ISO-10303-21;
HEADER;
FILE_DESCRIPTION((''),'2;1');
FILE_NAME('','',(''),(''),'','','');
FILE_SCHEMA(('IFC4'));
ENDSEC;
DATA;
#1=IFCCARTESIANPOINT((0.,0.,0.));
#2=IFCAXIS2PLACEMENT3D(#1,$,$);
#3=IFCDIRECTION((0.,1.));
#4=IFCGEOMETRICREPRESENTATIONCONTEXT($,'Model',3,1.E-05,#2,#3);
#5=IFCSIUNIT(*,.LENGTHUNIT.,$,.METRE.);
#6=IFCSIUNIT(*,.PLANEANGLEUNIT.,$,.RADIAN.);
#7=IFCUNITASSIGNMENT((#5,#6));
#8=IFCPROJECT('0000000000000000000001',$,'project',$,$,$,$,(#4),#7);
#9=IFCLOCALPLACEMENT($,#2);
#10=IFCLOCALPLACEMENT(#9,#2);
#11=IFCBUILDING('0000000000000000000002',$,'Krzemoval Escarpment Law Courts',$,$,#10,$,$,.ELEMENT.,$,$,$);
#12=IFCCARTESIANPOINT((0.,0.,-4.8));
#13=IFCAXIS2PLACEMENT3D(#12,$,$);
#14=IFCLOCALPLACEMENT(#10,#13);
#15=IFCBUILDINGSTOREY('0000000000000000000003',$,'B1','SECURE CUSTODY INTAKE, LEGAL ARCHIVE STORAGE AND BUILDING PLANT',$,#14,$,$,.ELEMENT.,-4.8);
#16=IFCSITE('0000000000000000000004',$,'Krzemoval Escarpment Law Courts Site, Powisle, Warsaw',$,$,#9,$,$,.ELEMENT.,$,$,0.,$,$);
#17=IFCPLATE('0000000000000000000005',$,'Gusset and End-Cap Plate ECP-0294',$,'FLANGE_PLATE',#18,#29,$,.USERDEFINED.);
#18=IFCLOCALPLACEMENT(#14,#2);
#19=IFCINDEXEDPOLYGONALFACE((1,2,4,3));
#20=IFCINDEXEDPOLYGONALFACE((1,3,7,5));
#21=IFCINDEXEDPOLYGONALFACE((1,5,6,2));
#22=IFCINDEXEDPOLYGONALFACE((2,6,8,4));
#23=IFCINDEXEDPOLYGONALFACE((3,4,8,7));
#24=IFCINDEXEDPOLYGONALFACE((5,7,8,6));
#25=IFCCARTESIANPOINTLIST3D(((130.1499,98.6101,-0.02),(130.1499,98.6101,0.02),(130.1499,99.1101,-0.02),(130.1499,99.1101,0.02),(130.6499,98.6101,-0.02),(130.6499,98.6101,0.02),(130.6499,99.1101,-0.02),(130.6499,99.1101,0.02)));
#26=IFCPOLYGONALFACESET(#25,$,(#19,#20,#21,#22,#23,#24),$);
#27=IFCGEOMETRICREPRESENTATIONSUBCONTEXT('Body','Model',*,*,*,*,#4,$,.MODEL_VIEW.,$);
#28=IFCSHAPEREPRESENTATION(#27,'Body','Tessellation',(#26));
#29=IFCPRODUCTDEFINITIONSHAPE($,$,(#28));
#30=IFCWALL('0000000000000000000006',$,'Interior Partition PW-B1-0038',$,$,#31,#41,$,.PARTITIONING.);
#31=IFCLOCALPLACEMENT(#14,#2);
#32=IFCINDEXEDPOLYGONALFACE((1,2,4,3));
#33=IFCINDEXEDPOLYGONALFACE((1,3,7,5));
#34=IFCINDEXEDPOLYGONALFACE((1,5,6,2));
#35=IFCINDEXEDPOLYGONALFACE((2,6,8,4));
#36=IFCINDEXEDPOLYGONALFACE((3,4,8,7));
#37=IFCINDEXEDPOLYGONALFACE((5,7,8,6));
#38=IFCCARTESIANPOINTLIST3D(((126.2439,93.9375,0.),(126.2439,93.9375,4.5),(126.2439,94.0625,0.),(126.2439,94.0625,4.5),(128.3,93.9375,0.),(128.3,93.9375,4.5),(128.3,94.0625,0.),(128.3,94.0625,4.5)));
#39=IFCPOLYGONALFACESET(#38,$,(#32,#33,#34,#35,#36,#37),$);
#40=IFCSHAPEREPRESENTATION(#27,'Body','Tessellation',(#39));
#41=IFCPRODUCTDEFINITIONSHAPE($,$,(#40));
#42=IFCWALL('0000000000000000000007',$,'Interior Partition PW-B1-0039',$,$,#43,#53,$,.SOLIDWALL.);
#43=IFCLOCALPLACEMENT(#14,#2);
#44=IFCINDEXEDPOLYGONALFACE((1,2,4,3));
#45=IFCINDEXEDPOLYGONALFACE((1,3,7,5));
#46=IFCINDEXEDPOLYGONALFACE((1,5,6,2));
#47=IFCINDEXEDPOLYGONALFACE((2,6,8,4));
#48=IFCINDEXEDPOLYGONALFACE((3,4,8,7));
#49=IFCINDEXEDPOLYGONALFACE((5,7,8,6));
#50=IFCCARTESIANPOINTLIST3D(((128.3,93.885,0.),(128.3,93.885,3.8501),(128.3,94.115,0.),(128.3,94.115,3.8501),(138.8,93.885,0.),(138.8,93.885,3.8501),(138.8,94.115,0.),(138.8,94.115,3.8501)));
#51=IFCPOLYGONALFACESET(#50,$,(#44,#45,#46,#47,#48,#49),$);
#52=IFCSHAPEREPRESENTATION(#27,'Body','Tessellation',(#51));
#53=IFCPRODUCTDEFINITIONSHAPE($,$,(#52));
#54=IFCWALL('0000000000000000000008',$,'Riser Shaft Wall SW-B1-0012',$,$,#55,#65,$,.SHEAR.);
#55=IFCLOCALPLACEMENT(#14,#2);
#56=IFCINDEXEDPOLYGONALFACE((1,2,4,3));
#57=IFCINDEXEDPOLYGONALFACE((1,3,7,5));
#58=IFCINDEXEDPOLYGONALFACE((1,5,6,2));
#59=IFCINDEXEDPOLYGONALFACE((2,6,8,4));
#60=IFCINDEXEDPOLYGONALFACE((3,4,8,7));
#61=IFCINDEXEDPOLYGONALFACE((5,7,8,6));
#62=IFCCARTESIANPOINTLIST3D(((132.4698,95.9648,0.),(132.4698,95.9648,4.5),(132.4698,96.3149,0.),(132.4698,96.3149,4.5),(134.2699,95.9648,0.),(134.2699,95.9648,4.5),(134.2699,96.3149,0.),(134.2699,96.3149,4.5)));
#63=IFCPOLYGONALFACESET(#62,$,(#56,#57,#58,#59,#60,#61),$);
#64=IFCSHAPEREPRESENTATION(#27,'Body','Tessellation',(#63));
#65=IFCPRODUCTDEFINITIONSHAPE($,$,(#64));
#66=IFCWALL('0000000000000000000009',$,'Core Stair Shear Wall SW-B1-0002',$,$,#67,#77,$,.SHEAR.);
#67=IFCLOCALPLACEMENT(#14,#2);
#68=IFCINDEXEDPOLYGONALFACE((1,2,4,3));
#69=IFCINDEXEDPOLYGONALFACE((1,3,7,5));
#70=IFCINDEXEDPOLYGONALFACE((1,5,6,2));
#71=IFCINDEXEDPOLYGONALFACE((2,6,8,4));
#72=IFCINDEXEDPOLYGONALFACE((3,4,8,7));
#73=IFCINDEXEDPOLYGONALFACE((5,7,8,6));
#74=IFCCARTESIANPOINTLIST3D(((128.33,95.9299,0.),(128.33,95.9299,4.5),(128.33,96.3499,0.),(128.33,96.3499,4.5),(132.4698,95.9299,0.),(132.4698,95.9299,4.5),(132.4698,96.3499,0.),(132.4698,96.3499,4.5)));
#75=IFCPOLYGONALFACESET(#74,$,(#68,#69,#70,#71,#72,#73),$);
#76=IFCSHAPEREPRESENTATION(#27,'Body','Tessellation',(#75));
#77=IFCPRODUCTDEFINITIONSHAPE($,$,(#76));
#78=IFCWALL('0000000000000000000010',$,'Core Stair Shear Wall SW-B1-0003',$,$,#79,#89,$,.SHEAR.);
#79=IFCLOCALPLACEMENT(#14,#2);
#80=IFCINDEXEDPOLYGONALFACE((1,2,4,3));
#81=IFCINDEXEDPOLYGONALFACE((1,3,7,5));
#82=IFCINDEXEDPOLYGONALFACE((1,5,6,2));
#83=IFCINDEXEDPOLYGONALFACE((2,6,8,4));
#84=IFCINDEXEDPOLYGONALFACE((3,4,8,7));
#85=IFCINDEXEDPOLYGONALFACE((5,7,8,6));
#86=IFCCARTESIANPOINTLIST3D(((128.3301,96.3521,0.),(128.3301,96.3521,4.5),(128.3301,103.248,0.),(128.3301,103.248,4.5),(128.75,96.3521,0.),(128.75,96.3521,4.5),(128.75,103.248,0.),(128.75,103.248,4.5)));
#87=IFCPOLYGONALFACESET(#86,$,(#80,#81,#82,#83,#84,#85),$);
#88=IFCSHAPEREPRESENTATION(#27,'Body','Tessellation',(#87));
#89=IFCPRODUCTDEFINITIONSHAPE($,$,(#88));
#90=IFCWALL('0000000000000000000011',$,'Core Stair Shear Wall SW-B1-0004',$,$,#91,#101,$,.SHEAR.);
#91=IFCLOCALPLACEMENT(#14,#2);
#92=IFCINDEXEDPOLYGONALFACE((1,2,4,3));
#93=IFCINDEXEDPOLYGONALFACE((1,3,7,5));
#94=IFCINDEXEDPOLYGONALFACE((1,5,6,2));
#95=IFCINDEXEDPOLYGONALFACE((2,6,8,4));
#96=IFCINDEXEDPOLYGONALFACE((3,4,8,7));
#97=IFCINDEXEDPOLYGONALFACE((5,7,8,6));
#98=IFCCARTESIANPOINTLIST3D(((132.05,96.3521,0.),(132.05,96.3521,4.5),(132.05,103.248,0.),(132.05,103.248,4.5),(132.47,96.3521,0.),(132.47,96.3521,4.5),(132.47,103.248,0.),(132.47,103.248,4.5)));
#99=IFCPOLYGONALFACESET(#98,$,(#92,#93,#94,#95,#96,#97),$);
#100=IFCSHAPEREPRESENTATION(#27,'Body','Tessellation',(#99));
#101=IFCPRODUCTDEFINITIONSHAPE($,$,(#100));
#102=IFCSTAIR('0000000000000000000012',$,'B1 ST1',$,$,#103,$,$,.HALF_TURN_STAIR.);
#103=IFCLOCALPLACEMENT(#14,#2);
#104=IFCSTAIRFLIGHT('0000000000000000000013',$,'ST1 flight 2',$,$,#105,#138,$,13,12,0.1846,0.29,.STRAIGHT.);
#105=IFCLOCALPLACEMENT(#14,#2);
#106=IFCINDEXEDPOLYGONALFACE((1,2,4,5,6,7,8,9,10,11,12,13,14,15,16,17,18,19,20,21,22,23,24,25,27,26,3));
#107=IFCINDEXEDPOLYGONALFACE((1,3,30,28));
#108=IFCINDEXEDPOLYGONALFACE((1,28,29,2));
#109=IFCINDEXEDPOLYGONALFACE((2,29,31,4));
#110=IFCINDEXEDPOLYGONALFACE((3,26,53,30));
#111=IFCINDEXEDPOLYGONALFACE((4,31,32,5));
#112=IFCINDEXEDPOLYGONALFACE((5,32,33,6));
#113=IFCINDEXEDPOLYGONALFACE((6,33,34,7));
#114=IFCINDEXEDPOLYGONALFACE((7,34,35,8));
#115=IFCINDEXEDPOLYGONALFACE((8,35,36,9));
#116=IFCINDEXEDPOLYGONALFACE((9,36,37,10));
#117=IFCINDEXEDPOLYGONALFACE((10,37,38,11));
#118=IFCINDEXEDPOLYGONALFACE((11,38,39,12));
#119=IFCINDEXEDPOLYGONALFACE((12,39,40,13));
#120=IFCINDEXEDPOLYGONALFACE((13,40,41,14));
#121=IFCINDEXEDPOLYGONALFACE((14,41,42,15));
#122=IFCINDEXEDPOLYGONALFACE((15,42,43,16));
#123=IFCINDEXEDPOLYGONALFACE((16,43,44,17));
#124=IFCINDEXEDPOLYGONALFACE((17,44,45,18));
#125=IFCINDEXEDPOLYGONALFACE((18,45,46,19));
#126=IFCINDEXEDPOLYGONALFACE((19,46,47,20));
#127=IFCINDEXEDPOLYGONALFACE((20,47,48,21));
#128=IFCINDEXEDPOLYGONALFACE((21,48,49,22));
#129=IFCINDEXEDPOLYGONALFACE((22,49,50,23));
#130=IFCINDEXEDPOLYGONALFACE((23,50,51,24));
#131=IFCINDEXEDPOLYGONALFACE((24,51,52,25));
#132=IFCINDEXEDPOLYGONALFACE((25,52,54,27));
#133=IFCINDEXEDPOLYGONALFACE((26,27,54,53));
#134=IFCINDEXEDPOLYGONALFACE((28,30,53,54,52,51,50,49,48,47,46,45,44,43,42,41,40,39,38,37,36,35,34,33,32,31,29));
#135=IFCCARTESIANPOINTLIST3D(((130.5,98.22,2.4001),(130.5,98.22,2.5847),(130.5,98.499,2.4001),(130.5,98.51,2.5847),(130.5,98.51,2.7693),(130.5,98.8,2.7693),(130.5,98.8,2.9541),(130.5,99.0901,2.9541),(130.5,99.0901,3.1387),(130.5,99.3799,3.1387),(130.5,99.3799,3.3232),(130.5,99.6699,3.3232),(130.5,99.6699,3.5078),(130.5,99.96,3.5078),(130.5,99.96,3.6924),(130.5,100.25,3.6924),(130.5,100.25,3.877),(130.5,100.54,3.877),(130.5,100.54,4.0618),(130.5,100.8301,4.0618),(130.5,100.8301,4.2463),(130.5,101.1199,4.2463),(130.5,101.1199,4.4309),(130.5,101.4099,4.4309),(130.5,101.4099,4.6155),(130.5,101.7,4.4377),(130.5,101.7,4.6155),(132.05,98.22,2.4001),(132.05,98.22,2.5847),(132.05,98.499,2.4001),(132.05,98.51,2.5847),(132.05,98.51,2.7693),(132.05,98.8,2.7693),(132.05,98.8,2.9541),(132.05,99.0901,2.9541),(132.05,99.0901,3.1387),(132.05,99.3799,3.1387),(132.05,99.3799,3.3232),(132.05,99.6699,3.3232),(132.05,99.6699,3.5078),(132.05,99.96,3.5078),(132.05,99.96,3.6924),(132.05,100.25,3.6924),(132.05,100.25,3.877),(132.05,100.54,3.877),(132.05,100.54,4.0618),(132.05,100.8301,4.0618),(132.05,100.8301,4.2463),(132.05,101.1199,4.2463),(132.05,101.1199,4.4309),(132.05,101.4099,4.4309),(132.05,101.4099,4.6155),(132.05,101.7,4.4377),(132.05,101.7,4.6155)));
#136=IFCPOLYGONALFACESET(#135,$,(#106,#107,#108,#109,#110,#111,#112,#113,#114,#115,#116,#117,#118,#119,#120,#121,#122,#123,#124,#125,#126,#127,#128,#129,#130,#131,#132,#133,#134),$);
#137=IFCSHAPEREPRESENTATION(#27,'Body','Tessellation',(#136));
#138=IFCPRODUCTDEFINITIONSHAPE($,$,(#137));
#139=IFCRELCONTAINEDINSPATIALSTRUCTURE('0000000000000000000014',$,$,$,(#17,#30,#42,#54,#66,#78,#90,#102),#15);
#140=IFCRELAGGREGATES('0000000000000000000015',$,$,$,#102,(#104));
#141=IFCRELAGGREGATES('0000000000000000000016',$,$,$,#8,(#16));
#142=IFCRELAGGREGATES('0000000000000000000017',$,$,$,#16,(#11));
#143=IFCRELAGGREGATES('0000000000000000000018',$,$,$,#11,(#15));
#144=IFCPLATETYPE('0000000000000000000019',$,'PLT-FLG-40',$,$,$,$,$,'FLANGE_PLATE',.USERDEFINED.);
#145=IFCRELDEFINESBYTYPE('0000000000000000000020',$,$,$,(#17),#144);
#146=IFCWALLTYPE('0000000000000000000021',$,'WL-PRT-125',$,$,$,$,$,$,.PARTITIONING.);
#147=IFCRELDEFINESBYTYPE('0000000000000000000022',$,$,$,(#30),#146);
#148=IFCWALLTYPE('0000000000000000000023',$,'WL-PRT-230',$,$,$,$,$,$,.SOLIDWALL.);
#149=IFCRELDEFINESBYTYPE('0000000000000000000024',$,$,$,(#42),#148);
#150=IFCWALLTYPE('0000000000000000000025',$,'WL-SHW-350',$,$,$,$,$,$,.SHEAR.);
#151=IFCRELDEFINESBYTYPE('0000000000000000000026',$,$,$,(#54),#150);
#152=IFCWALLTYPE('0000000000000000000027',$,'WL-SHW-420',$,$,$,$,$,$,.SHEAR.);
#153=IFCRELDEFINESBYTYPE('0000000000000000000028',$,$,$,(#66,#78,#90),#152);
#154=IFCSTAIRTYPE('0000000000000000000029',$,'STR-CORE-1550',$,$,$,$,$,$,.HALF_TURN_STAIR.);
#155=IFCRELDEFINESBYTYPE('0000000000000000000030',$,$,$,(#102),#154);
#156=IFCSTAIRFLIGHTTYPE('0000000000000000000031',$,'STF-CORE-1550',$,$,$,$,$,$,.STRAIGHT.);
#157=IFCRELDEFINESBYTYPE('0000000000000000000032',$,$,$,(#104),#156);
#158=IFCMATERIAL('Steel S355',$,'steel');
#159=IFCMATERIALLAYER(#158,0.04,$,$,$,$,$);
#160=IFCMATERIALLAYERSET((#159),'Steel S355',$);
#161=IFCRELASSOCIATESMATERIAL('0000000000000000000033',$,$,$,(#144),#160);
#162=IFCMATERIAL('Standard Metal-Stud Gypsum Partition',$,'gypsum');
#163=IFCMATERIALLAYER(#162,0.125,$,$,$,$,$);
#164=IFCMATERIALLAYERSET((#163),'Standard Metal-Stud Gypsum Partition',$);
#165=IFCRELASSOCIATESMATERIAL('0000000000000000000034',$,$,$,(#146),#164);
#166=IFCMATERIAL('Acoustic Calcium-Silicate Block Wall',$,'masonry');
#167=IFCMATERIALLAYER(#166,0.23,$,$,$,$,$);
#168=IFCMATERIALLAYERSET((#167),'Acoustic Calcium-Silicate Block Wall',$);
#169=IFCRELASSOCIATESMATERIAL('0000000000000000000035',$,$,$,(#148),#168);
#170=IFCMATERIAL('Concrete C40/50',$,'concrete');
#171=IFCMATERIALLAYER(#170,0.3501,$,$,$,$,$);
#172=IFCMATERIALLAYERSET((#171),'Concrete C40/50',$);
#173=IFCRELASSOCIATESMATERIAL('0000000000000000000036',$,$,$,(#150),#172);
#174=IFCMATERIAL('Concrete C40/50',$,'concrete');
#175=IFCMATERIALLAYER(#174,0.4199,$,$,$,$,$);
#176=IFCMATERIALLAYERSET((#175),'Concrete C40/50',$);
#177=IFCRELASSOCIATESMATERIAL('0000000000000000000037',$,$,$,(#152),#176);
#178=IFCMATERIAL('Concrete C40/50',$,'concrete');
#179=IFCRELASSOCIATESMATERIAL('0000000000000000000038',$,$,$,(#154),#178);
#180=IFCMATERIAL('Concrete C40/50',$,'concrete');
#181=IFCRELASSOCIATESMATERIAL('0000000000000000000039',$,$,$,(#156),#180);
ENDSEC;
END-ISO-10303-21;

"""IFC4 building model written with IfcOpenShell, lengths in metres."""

from ifc_helpers import new_model, si_unit, direction, frame, frame_2d, origin, origin_2d, place, context, subcontext, project, spatial, polyline, rectangle, outline, extrude, material, layer, layer_set, type_object, element, aggregate, save


model = new_model("IFC4")

# Units and contexts
model_context = context("Model", 3, precision=1e-05, world=origin(), true_north=direction((0.0, 1.0)))
body_context = subcontext(model_context, "Body", "Model", "MODEL_VIEW")
ifc_project = project(units=[si_unit("LENGTHUNIT", "METRE"), si_unit("PLANEANGLEUNIT", "RADIAN")], contexts=[model_context])

# Site, building, storey
site_placement = place(None, origin())
site = spatial("IfcSite", under=ifc_project, at=site_placement, Name="Krzemoval Escarpment Law Courts Site, Powisle, Warsaw", CompositionType="ELEMENT", RefElevation=0.0)
building_placement = place(site_placement, origin())
building = spatial("IfcBuilding", under=site, at=building_placement, Name="Krzemoval Escarpment Law Courts", CompositionType="ELEMENT")
storey_placement = place(building_placement, frame((0.0, 0.0, -4.8)))
storey = spatial("IfcBuildingStorey", under=building, at=storey_placement, Name="B1", Description="SECURE CUSTODY INTAKE, LEGAL ARCHIVE STORAGE AND BUILDING PLANT", CompositionType="ELEMENT", Elevation=-4.8)

# Plate
ifc_material_1 = material(Name="Steel S355", Category="steel")
ifc_layer_1 = layer(ifc_material_1, 0.04)
ifc_layer_set_1 = layer_set([ifc_layer_1], Name="Steel S355")
plate_type_1 = type_object("IfcPlateType", Name="PLT-FLG-40", ElementType="FLANGE_PLATE", PredefinedType="USERDEFINED", material=ifc_layer_set_1)
plate_1_placement = place(storey_placement, frame((130.3999, 98.8601, -0.02), z_axis=(0.0, 0.0, 1.0), x_axis=(1.0, 0.0, 0.0)))
element("IfcPlate", 1, at=plate_1_placement, inside=storey, type_object=plate_type_1, Name="Gusset and End-Cap Plate ECP-0294", ObjectType="FLANGE_PLATE", PredefinedType="USERDEFINED", context=body_context, shape_type="SweptSolid", body=[
    extrude(rectangle(XDim=0.5, YDim=0.5, at=origin_2d()), origin(), (0.0, 0.0, 1.0), 0.04),
])

# Walls
ifc_material_2 = material(Name="Standard Metal-Stud Gypsum Partition", Category="gypsum")
ifc_layer_2 = layer(ifc_material_2, 0.125)
ifc_layer_set_2 = layer_set([ifc_layer_2], Name="Standard Metal-Stud Gypsum Partition")
wall_type_1 = type_object("IfcWallType", Name="WL-PRT-125", PredefinedType="PARTITIONING", material=ifc_layer_set_2)
wall_1_placement = place(storey_placement, frame((126.2439, 94.0, 0.0), z_axis=(0.0, 0.0, 1.0), x_axis=(1.0, 0.0, 0.0)))
element("IfcWall", 2, at=wall_1_placement, inside=storey, type_object=wall_type_1, Name="Interior Partition PW-B1-0038", PredefinedType="PARTITIONING", context=body_context, shape_type="SweptSolid", body=[
    extrude(rectangle(XDim=2.0562, YDim=0.125, at=frame_2d((1.0281, 0.0))), origin(), (0.0, 0.0, 1.0), 4.5),
])
ifc_material_3 = material(Name="Acoustic Calcium-Silicate Block Wall", Category="masonry")
ifc_layer_3 = layer(ifc_material_3, 0.23)
ifc_layer_set_3 = layer_set([ifc_layer_3], Name="Acoustic Calcium-Silicate Block Wall")
wall_type_2 = type_object("IfcWallType", Name="WL-PRT-230", PredefinedType="SOLIDWALL", material=ifc_layer_set_3)
wall_2_placement = place(storey_placement, frame((128.3, 94.0, 0.0), z_axis=(0.0, 0.0, 1.0), x_axis=(1.0, 0.0, 0.0)))
element("IfcWall", 3, at=wall_2_placement, inside=storey, type_object=wall_type_2, Name="Interior Partition PW-B1-0039", PredefinedType="SOLIDWALL", context=body_context, shape_type="SweptSolid", body=[
    extrude(rectangle(XDim=10.5, YDim=0.23, at=frame_2d((5.25, 0.0))), origin(), (0.0, 0.0, 1.0), 3.8501),
])
ifc_material_4 = material(Name="Concrete C40/50", Category="concrete")
ifc_layer_4 = layer(ifc_material_4, 0.3501)
ifc_layer_set_4 = layer_set([ifc_layer_4], Name="Concrete C40/50")
wall_type_3 = type_object("IfcWallType", Name="WL-SHW-350", PredefinedType="SHEAR", material=ifc_layer_set_4)
wall_3_placement = place(storey_placement, frame((132.47, 96.1399, 0.0), z_axis=(0.0, 0.0, 1.0), x_axis=(1.0, 0.0, 0.0)))
element("IfcWall", 4, at=wall_3_placement, inside=storey, type_object=wall_type_3, Name="Riser Shaft Wall SW-B1-0012", PredefinedType="SHEAR", context=body_context, shape_type="SweptSolid", body=[
    extrude(rectangle(XDim=1.8, YDim=0.3501, at=frame_2d((0.8999, 0.0))), origin(), (0.0, 0.0, 1.0), 4.5),
])
ifc_material_5 = material(Name="Concrete C40/50", Category="concrete")
ifc_layer_5 = layer(ifc_material_5, 0.4199)
ifc_layer_set_5 = layer_set([ifc_layer_5], Name="Concrete C40/50")
wall_type_4 = type_object("IfcWallType", Name="WL-SHW-420", PredefinedType="SHEAR", material=ifc_layer_set_5)
wall_4_placement = place(storey_placement, frame((128.3301, 96.1399, 0.0), z_axis=(0.0, 0.0, 1.0), x_axis=(1.0, 0.0, 0.0)))
element("IfcWall", 5, at=wall_4_placement, inside=storey, type_object=wall_type_4, Name="Core Stair Shear Wall SW-B1-0002", PredefinedType="SHEAR", context=body_context, shape_type="SweptSolid", body=[
    extrude(rectangle(XDim=4.1399, YDim=0.4199, at=frame_2d((2.0698, 0.0))), origin(), (0.0, 0.0, 1.0), 4.5),
])
for number, where, z_axis, x_axis, name in (
    (6, (128.54, 96.3521, 0.0), (0.0, 0.0, 1.0), (0.0, 1.0, 0.0), "Core Stair Shear Wall SW-B1-0003"),
    (7, (132.26, 96.3521, 0.0), (0.0, 0.0, 1.0), (0.0, 1.0, 0.0), "Core Stair Shear Wall SW-B1-0004"),
):
    element("IfcWall", number, at=place(storey_placement, frame(where, z_axis=z_axis, x_axis=x_axis)), inside=storey, type_object=wall_type_4, Name=name, PredefinedType="SHEAR", context=body_context, shape_type="SweptSolid", body=[
        extrude(rectangle(XDim=6.896, YDim=0.4199, at=frame_2d((3.448, 0.0))), origin(), (0.0, 0.0, 1.0), 4.5),
    ])

# Stair, stair flight
ifc_material_6 = material(Name="Concrete C40/50", Category="concrete")
stair_type = type_object("IfcStairType", Name="STR-CORE-1550", PredefinedType="HALF_TURN_STAIR", material=ifc_material_6)
stair_placement = place(storey_placement, origin())
stair = element("IfcStair", 8, at=stair_placement, inside=storey, type_object=stair_type, Name="B1 ST1", PredefinedType="HALF_TURN_STAIR")
ifc_material_7 = material(Name="Concrete C40/50", Category="concrete")
stair_flight_type = type_object("IfcStairFlightType", Name="STF-CORE-1550", PredefinedType="STRAIGHT", material=ifc_material_7)
stair_flight_placement = place(storey_placement, frame((131.2749, 98.22, 2.4001), z_axis=(0.0, 0.0, 1.0), x_axis=(0.0, 1.0, 0.0)))
stair_flight = element("IfcStairFlight", 9, at=stair_flight_placement, type_object=stair_flight_type, Name="ST1 flight 2", NumberOfRisers=13, NumberOfTreads=12, PredefinedType="STRAIGHT", RiserHeight=0.1846, TreadLength=0.29, context=body_context, shape_type="SweptSolid", body=[
    extrude(outline(polyline([(0.0, 0.0), (0.0, 0.1846), (0.29, 0.1846), (0.29, 0.3691), (0.5801, 0.3691), (0.5801, 0.554), (0.8701, 0.554), (0.8701, 0.7385), (1.1599, 0.7385), (1.1599, 0.9231), (1.45, 0.9231), (1.45, 1.1077), (1.74, 1.1077), (1.74, 1.2922), (2.03, 1.2922), (2.03, 1.4768), (2.3201, 1.4768), (2.3201, 1.6616), (2.6101, 1.6616), (2.6101, 1.8462), (2.8999, 1.8462), (2.8999, 2.0308), (3.1899, 2.0308), (3.1899, 2.2153), (3.48, 2.2153), (3.48, 2.3999), (3.48, 2.0376), (0.2791, 0.0), (0.0, 0.0)])), frame((0.0, 0.7749, 0.0), z_axis=(0.0, -1.0, 0.0), x_axis=(1.0, 0.0, 0.0)), (0.0, 0.0, 1.0), 1.55),
])
aggregate(stair, [stair_flight])

save(model, "model.ifc")
